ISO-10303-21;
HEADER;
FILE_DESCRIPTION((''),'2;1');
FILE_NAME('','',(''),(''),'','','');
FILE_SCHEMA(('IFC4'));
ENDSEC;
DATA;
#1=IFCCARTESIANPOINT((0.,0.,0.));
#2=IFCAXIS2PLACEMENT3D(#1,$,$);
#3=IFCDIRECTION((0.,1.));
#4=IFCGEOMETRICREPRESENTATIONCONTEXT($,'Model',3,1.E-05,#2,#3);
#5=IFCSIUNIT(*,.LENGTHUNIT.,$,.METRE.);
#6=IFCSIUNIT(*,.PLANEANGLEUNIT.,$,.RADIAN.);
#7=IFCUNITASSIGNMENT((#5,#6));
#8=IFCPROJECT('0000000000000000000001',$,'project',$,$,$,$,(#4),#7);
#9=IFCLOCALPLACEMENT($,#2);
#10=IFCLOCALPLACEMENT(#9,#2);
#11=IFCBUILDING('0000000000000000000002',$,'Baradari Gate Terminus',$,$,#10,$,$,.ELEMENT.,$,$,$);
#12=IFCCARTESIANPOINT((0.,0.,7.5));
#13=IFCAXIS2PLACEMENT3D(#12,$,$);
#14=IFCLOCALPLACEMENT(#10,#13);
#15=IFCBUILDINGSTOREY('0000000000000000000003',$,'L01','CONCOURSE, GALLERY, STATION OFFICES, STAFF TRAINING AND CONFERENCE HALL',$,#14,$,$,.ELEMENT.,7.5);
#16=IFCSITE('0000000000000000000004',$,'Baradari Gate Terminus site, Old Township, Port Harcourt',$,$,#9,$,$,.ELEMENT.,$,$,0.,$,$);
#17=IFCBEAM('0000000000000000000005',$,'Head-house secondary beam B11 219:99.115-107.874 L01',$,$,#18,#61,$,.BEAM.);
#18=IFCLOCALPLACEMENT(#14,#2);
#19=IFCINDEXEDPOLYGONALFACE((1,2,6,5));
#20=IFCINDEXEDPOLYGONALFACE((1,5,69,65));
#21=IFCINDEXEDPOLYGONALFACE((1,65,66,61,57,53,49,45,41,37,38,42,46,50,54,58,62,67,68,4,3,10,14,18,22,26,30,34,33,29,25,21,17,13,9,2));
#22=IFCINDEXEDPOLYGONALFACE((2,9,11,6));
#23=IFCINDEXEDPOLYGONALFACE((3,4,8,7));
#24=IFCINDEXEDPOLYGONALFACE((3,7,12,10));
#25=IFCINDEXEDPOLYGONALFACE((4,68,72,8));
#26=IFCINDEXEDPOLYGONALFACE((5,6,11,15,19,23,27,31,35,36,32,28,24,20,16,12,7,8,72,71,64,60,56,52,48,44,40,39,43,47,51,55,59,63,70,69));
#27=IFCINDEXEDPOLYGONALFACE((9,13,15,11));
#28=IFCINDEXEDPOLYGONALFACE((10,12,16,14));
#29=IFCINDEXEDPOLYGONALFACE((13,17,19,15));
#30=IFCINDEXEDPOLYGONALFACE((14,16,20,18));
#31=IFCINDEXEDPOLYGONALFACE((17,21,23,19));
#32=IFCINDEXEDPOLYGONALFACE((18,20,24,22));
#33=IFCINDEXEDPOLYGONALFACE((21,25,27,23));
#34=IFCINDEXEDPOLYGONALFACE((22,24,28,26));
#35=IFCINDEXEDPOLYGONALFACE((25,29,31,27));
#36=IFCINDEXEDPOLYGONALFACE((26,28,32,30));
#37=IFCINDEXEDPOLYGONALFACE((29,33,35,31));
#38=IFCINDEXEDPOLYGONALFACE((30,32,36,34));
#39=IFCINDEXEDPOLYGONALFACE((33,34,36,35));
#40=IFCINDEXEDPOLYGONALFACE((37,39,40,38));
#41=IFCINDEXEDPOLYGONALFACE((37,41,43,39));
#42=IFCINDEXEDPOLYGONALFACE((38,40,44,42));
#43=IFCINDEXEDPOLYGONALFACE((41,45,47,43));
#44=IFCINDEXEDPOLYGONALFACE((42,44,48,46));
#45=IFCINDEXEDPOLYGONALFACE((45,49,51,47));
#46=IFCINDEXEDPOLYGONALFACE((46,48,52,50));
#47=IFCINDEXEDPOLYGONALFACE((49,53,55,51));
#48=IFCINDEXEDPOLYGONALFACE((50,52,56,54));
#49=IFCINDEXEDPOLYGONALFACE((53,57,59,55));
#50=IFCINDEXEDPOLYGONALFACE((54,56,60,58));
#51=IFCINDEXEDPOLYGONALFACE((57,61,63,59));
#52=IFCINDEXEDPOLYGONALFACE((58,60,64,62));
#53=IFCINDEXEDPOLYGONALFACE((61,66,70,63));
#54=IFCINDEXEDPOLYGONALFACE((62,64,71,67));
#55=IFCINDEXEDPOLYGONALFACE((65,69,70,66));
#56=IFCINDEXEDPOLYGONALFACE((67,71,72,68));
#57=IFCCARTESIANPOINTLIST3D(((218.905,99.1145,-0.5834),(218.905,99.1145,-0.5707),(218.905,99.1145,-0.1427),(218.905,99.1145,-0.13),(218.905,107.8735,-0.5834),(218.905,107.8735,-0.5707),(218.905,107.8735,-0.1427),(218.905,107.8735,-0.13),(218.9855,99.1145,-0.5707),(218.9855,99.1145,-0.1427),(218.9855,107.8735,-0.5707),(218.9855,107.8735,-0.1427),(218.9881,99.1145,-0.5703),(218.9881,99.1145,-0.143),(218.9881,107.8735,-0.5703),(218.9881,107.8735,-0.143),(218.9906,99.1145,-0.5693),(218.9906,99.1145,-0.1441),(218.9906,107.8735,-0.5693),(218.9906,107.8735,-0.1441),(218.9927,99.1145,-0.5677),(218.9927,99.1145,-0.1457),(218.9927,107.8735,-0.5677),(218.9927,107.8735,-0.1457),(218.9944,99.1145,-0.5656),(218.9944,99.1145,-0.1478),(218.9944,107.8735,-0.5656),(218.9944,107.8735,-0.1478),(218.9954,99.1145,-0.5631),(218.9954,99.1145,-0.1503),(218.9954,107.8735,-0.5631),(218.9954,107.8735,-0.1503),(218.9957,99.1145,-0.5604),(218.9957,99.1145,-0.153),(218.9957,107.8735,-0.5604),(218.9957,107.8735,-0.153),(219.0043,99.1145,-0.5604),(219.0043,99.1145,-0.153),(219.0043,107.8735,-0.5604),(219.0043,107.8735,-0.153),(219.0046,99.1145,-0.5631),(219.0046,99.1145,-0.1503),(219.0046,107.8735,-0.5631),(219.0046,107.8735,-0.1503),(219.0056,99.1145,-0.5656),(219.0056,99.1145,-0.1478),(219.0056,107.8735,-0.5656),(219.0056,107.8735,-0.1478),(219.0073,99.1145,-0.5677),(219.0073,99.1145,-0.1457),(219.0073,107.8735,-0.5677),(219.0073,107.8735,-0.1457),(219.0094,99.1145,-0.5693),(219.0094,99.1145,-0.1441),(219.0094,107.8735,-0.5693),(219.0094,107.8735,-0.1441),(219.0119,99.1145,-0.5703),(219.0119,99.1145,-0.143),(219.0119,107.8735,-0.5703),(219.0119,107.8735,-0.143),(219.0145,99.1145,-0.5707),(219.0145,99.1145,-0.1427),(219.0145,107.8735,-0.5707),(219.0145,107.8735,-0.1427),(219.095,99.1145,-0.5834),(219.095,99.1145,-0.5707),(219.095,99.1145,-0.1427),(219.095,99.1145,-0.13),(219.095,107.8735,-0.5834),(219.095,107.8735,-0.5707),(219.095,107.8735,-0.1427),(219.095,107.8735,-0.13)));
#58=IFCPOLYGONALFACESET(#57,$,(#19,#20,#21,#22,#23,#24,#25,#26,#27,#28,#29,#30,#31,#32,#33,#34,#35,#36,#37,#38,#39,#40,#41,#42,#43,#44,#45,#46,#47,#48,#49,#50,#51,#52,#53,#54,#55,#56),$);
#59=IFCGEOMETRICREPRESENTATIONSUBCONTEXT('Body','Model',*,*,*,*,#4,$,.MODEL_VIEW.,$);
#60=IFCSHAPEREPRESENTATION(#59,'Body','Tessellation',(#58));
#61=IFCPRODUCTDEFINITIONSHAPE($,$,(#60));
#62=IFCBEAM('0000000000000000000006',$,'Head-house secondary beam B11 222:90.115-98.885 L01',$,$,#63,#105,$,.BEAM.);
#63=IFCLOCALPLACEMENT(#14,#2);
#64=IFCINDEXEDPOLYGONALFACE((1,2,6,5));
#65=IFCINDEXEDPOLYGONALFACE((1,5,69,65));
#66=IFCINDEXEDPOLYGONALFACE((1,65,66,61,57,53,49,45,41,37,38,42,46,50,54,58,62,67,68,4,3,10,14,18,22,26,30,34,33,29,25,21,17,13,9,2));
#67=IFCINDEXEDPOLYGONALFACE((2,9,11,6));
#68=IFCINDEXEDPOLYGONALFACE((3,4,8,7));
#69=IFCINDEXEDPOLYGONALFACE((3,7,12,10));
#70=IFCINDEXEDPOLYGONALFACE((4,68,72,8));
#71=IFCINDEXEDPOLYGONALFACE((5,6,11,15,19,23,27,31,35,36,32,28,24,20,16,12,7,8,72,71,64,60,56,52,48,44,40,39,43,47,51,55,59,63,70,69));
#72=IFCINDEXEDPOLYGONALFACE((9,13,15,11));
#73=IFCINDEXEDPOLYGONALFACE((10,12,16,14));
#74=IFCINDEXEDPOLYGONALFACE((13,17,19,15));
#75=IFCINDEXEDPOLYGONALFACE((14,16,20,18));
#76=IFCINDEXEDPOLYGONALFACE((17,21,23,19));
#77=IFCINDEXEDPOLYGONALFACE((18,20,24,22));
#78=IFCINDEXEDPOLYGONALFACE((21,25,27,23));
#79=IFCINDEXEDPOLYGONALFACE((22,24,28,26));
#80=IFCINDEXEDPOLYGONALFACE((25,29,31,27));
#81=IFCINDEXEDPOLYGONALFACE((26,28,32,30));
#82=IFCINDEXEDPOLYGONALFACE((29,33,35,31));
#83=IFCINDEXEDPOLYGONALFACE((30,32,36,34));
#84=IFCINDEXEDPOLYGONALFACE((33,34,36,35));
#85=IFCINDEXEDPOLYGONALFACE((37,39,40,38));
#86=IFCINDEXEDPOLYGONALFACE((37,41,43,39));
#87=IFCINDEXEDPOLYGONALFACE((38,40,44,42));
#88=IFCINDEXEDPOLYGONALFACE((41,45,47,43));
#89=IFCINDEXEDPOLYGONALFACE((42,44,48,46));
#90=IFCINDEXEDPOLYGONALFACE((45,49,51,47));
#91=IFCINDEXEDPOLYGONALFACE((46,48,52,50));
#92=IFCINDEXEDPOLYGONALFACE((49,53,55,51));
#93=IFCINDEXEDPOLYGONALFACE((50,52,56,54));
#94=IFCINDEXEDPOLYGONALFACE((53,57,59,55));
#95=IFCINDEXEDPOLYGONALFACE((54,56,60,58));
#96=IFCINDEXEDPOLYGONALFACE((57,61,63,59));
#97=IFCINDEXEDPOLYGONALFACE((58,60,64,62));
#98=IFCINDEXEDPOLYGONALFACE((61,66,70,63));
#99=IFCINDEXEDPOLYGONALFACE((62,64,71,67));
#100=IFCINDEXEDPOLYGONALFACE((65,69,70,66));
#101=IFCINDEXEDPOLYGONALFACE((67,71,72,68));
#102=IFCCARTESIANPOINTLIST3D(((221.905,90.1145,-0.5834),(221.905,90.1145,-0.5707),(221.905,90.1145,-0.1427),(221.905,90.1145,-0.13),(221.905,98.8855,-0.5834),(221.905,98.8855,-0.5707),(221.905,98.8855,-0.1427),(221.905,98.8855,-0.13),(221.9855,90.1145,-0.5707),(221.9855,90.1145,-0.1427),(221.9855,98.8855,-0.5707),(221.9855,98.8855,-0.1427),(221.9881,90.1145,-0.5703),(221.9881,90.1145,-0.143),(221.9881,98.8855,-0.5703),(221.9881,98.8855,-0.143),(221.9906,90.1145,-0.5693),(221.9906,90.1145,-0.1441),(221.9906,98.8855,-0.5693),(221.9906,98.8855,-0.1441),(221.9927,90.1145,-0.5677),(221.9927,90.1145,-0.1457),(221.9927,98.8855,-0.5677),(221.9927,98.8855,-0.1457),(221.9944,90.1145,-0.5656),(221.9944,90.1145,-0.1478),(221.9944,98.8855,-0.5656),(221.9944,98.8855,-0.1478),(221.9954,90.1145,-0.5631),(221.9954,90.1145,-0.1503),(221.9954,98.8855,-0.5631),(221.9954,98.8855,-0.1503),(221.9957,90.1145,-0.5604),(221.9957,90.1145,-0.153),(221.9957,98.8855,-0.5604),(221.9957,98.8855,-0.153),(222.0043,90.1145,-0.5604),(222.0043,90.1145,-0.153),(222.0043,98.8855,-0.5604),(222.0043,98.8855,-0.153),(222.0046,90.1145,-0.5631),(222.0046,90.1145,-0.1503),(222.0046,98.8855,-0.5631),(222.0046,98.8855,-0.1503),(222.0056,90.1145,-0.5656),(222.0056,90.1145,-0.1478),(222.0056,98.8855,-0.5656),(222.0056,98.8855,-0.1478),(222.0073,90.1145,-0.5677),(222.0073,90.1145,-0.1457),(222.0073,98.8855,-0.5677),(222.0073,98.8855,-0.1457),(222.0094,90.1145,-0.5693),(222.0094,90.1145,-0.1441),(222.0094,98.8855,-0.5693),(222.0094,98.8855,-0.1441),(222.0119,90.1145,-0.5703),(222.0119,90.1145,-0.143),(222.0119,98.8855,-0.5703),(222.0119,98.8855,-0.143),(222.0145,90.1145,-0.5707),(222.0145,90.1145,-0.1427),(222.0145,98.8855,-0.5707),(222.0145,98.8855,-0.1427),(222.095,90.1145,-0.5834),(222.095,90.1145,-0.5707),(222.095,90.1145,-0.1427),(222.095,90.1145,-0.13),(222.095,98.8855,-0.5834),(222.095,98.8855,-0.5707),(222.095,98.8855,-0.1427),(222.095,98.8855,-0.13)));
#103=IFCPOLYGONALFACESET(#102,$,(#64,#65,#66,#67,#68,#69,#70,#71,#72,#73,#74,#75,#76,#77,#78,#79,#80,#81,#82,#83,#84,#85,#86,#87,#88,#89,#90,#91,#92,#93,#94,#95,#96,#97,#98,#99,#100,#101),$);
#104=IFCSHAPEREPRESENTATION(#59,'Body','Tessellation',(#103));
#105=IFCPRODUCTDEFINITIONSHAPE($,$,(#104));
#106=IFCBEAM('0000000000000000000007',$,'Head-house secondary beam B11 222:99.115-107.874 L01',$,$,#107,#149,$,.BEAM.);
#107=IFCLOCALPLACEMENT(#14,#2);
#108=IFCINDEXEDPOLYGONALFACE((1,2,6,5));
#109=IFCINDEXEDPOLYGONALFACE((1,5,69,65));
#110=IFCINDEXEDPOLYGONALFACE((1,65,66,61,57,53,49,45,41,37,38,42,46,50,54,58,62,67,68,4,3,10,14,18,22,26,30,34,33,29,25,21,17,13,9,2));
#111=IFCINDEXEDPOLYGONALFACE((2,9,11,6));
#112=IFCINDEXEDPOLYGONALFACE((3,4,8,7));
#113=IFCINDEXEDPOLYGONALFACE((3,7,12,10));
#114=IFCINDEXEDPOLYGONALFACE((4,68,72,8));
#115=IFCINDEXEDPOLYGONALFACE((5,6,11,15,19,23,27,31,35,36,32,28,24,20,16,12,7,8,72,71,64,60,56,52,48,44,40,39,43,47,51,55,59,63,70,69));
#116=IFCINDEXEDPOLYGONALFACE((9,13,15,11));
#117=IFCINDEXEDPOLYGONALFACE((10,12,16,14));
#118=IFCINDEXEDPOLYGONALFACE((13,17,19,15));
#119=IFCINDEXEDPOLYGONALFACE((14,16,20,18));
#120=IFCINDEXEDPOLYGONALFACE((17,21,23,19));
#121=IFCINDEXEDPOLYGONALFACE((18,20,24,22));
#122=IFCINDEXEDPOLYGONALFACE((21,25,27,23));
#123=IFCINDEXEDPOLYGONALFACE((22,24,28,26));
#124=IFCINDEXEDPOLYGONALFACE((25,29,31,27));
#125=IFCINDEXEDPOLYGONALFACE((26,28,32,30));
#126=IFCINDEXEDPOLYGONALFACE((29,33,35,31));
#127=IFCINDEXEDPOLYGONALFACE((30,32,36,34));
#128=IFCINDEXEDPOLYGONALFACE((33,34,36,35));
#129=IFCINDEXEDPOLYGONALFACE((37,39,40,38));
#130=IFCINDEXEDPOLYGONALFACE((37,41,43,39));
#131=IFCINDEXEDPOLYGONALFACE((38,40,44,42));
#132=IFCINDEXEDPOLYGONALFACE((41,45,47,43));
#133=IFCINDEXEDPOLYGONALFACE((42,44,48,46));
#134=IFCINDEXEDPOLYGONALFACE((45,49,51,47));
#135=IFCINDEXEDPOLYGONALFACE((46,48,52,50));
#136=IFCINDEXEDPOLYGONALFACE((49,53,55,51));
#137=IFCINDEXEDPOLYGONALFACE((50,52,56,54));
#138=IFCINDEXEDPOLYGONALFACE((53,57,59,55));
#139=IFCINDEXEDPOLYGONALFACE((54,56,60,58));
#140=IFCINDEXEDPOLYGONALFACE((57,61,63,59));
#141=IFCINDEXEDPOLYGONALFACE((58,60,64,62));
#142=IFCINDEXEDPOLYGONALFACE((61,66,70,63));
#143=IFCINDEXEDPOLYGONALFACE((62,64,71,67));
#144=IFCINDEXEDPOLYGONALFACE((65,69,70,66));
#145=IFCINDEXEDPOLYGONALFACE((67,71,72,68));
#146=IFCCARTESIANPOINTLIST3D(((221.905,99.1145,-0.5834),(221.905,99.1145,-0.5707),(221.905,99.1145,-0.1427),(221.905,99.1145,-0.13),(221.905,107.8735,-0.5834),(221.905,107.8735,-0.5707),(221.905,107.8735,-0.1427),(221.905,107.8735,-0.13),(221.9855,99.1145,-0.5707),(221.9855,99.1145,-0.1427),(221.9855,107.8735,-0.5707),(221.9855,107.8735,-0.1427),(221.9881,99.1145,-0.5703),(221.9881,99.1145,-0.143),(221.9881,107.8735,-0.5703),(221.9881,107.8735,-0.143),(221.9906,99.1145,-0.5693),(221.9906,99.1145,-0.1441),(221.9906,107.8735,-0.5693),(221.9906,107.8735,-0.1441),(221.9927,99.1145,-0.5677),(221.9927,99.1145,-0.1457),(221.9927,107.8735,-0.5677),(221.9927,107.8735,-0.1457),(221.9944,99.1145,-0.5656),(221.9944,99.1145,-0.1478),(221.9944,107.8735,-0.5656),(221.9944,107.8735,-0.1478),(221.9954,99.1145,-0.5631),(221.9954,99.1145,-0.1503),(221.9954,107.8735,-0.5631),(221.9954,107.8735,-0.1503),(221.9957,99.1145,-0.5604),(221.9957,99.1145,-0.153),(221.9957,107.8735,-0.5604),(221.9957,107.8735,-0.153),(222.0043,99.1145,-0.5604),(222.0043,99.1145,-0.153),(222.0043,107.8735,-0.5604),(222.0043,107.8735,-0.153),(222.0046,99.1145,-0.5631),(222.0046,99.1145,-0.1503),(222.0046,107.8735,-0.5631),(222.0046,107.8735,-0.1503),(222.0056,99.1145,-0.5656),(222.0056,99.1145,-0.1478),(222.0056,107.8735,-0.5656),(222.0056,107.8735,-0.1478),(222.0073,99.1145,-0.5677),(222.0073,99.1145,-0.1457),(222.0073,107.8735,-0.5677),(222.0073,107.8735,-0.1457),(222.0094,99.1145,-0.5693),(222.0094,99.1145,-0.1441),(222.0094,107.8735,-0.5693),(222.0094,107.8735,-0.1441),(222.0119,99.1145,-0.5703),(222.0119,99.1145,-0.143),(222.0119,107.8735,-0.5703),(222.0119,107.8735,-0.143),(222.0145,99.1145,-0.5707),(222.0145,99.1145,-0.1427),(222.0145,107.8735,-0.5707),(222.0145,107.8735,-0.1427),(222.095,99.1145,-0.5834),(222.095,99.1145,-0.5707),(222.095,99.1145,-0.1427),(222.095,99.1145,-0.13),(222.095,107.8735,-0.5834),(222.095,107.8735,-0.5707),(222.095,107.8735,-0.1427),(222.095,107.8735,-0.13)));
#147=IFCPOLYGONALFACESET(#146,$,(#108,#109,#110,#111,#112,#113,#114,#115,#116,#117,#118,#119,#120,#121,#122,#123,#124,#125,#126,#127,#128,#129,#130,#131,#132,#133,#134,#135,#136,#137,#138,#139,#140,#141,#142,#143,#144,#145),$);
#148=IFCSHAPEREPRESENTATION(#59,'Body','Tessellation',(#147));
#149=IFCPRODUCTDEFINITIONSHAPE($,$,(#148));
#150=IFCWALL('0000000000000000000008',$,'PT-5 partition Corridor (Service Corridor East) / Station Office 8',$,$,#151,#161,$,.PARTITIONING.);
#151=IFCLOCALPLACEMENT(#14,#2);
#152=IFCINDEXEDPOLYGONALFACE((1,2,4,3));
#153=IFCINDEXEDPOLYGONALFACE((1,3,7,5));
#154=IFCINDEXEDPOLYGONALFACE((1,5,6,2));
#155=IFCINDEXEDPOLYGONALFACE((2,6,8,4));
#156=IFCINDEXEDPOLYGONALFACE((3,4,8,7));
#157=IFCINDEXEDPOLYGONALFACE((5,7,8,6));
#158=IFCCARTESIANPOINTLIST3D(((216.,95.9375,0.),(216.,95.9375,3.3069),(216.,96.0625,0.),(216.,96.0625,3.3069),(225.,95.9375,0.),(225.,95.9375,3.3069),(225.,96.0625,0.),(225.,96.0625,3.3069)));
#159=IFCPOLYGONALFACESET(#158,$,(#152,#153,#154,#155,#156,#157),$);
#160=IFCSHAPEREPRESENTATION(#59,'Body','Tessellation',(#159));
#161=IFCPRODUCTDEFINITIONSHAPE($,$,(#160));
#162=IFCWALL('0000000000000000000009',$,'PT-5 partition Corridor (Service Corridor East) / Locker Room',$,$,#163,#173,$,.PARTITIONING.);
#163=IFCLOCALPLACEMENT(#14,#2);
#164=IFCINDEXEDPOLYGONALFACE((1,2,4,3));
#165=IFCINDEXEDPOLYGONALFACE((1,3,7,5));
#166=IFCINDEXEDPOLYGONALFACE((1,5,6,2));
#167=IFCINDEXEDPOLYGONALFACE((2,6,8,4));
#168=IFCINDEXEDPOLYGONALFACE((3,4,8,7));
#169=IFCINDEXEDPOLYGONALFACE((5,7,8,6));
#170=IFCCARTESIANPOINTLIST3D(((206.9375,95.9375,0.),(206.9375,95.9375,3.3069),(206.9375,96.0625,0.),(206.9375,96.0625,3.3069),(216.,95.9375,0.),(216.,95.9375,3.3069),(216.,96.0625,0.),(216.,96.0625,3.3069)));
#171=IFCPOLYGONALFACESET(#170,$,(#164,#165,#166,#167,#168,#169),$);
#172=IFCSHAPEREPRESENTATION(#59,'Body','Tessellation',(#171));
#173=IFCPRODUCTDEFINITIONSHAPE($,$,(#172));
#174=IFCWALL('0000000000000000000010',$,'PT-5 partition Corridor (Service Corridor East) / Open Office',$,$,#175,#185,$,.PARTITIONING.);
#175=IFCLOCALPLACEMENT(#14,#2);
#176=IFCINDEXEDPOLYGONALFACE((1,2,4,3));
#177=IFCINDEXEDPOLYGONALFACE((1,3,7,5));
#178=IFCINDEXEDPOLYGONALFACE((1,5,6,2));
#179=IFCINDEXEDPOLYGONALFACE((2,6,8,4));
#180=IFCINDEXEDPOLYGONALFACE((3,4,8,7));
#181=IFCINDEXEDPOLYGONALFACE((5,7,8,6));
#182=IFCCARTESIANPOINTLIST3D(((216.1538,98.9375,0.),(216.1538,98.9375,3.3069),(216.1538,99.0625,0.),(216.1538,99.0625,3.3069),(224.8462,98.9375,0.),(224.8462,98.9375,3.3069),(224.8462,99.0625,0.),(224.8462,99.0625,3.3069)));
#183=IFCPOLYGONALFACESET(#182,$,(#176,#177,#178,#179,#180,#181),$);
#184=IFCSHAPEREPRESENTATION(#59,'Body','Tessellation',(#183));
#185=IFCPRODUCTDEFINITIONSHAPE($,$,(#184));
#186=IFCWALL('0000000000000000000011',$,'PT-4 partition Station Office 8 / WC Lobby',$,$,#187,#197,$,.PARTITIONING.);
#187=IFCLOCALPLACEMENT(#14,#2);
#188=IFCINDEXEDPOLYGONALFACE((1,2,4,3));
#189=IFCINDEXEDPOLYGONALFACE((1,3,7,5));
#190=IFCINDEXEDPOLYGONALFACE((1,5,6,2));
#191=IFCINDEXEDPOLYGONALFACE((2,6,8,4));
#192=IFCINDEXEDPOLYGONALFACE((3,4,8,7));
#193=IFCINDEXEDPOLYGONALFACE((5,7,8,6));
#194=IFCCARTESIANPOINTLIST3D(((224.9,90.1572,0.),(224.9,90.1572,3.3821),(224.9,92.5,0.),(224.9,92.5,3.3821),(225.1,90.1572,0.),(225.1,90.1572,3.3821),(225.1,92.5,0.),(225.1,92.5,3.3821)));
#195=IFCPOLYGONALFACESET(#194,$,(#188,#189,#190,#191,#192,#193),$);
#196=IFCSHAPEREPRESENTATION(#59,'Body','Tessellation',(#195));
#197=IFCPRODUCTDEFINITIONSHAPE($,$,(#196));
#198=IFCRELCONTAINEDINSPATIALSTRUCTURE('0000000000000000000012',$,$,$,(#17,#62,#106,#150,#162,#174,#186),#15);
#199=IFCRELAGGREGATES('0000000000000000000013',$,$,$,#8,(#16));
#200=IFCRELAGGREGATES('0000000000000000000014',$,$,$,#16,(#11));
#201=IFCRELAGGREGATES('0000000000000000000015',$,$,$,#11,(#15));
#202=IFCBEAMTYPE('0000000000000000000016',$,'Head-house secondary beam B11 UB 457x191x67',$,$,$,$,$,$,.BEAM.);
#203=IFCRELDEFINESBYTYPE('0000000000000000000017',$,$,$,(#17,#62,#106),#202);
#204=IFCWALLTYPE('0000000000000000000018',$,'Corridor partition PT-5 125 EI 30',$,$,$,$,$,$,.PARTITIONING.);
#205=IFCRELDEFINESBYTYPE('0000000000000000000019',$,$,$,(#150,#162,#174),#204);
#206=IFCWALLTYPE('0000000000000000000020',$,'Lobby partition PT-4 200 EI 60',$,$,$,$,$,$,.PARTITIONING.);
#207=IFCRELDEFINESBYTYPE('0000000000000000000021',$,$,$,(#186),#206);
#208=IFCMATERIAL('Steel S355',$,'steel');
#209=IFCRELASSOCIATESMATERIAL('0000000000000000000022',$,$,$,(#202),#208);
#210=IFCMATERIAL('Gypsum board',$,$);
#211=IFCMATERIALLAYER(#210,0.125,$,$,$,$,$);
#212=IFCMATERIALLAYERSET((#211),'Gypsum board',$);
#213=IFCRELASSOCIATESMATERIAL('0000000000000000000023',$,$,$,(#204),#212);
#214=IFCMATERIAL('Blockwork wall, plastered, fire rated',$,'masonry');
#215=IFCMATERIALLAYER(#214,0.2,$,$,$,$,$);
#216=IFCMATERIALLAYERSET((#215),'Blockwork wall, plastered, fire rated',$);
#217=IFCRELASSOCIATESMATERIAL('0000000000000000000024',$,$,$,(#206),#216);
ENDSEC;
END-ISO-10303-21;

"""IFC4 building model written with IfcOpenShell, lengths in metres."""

from ifc_helpers import new_model, si_unit, direction, frame, frame_2d, origin, origin_2d, place, context, subcontext, project, spatial, rectangle, i_section, extrude, material, layer, layer_set, material_profile, profile_set, type_object, element, save


model = new_model("IFC4")

# Units and contexts
model_context = context("Model", 3, precision=1e-05, world=origin(), true_north=direction((0.0, 1.0)))
body_context = subcontext(model_context, "Body", "Model", "MODEL_VIEW")
ifc_project = project(units=[si_unit("LENGTHUNIT", "METRE"), si_unit("PLANEANGLEUNIT", "RADIAN")], contexts=[model_context])

# Site, building, storey
site_placement = place(None, origin())
site = spatial("IfcSite", under=ifc_project, at=site_placement, Name="Baradari Gate Terminus site, Old Township, Port Harcourt", CompositionType="ELEMENT", RefElevation=0.0)
building_placement = place(site_placement, origin())
building = spatial("IfcBuilding", under=site, at=building_placement, Name="Baradari Gate Terminus", CompositionType="ELEMENT")
storey_placement = place(building_placement, frame((0.0, 0.0, 7.5)))
storey = spatial("IfcBuildingStorey", under=building, at=storey_placement, Name="L01", Description="CONCOURSE, GALLERY, STATION OFFICES, STAFF TRAINING AND CONFERENCE HALL", CompositionType="ELEMENT", Elevation=7.5)

# Beams
ifc_material_1 = material(Name="Steel S355", Category="steel")
ifc_material_profile_1 = material_profile(ifc_material_1, i_section(OverallWidth=0.1899, OverallDepth=0.4534, WebThickness=0.0085, FlangeThickness=0.0127, FilletRadius=0.0103, at=origin_2d()), Name="UB 457x191x67")
ifc_profile_set_1 = profile_set([ifc_material_profile_1], Name="Steel S355")
beam_type_1 = type_object("IfcBeamType", Name="Head-house secondary beam B11 UB 457x191x67", PredefinedType="BEAM", material=ifc_profile_set_1)
beam_1_placement = place(storey_placement, frame((219.0, 99.1145, -0.3567), z_axis=(0.0, 1.0, 0.0), x_axis=(-1.0, 0.0, 0.0)))
element("IfcBeam", 1, at=beam_1_placement, inside=storey, type_object=beam_type_1, Name="Head-house secondary beam B11 219:99.115-107.874 L01", PredefinedType="BEAM", context=body_context, shape_type="SweptSolid", body=[
    extrude(i_section(OverallWidth=0.1899, OverallDepth=0.4534, WebThickness=0.0085, FlangeThickness=0.0127, FilletRadius=0.0103, at=origin_2d()), origin(), (0.0, 0.0, 1.0), 8.759),
])
beam_2_placement = place(storey_placement, frame((222.0, 90.1145, -0.3567), z_axis=(0.0, 1.0, 0.0), x_axis=(-1.0, 0.0, 0.0)))
element("IfcBeam", 2, at=beam_2_placement, inside=storey, type_object=beam_type_1, Name="Head-house secondary beam B11 222:90.115-98.885 L01", PredefinedType="BEAM", context=body_context, shape_type="SweptSolid", body=[
    extrude(i_section(OverallWidth=0.1899, OverallDepth=0.4534, WebThickness=0.0085, FlangeThickness=0.0127, FilletRadius=0.0103, at=origin_2d()), origin(), (0.0, 0.0, 1.0), 8.771),
])
beam_3_placement = place(storey_placement, frame((222.0, 99.1145, -0.3567), z_axis=(0.0, 1.0, 0.0), x_axis=(-1.0, 0.0, 0.0)))
element("IfcBeam", 3, at=beam_3_placement, inside=storey, type_object=beam_type_1, Name="Head-house secondary beam B11 222:99.115-107.874 L01", PredefinedType="BEAM", context=body_context, shape_type="SweptSolid", body=[
    extrude(i_section(OverallWidth=0.1899, OverallDepth=0.4534, WebThickness=0.0085, FlangeThickness=0.0127, FilletRadius=0.0103, at=origin_2d()), origin(), (0.0, 0.0, 1.0), 8.759),
])

# Walls
ifc_material_2 = material(Name="Gypsum board")
ifc_layer_1 = layer(ifc_material_2, 0.125)
ifc_layer_set_1 = layer_set([ifc_layer_1], Name="Gypsum board")
wall_type_1 = type_object("IfcWallType", Name="Corridor partition PT-5 125 EI 30", PredefinedType="PARTITIONING", material=ifc_layer_set_1)
wall_1_placement = place(storey_placement, frame((225.0, 96.0, 0.0), z_axis=(0.0, 0.0, 1.0), x_axis=(-1.0, 0.0, 0.0)))
element("IfcWall", 4, at=wall_1_placement, inside=storey, type_object=wall_type_1, Name="PT-5 partition Corridor (Service Corridor East) / Station Office 8", PredefinedType="PARTITIONING", context=body_context, shape_type="SweptSolid", body=[
    extrude(rectangle(XDim=9.0, YDim=0.125, at=frame_2d((4.5, 0.0))), origin(), (0.0, 0.0, 1.0), 3.3069),
])
wall_2_placement = place(storey_placement, frame((216.0, 96.0, 0.0), z_axis=(0.0, 0.0, 1.0), x_axis=(-1.0, 0.0, 0.0)))
element("IfcWall", 5, at=wall_2_placement, inside=storey, type_object=wall_type_1, Name="PT-5 partition Corridor (Service Corridor East) / Locker Room", PredefinedType="PARTITIONING", context=body_context, shape_type="SweptSolid", body=[
    extrude(rectangle(XDim=9.0625, YDim=0.125, at=frame_2d((4.5312, 0.0))), origin(), (0.0, 0.0, 1.0), 3.3069),
])
wall_3_placement = place(storey_placement, frame((216.1538, 99.0, 0.0), z_axis=(0.0, 0.0, 1.0), x_axis=(1.0, 0.0, 0.0)))
element("IfcWall", 6, at=wall_3_placement, inside=storey, type_object=wall_type_1, Name="PT-5 partition Corridor (Service Corridor East) / Open Office", PredefinedType="PARTITIONING", context=body_context, shape_type="SweptSolid", body=[
    extrude(rectangle(XDim=8.6924, YDim=0.125, at=frame_2d((4.3462, 0.0))), origin(), (0.0, 0.0, 1.0), 3.3069),
])
ifc_material_3 = material(Name="Blockwork wall, plastered, fire rated", Category="masonry")
ifc_layer_2 = layer(ifc_material_3, 0.2)
ifc_layer_set_2 = layer_set([ifc_layer_2], Name="Blockwork wall, plastered, fire rated")
wall_type_2 = type_object("IfcWallType", Name="Lobby partition PT-4 200 EI 60", PredefinedType="PARTITIONING", material=ifc_layer_set_2)
wall_4_placement = place(storey_placement, frame((225.0, 92.5, 0.0), z_axis=(0.0, 0.0, 1.0), x_axis=(0.0, -1.0, 0.0)))
element("IfcWall", 7, at=wall_4_placement, inside=storey, type_object=wall_type_2, Name="PT-4 partition Station Office 8 / WC Lobby", PredefinedType="PARTITIONING", context=body_context, shape_type="SweptSolid", body=[
    extrude(rectangle(XDim=2.3428, YDim=0.2, at=frame_2d((1.1714, 0.0))), origin(), (0.0, 0.0, 1.0), 3.3821),
])

save(model, "model.ifc")
